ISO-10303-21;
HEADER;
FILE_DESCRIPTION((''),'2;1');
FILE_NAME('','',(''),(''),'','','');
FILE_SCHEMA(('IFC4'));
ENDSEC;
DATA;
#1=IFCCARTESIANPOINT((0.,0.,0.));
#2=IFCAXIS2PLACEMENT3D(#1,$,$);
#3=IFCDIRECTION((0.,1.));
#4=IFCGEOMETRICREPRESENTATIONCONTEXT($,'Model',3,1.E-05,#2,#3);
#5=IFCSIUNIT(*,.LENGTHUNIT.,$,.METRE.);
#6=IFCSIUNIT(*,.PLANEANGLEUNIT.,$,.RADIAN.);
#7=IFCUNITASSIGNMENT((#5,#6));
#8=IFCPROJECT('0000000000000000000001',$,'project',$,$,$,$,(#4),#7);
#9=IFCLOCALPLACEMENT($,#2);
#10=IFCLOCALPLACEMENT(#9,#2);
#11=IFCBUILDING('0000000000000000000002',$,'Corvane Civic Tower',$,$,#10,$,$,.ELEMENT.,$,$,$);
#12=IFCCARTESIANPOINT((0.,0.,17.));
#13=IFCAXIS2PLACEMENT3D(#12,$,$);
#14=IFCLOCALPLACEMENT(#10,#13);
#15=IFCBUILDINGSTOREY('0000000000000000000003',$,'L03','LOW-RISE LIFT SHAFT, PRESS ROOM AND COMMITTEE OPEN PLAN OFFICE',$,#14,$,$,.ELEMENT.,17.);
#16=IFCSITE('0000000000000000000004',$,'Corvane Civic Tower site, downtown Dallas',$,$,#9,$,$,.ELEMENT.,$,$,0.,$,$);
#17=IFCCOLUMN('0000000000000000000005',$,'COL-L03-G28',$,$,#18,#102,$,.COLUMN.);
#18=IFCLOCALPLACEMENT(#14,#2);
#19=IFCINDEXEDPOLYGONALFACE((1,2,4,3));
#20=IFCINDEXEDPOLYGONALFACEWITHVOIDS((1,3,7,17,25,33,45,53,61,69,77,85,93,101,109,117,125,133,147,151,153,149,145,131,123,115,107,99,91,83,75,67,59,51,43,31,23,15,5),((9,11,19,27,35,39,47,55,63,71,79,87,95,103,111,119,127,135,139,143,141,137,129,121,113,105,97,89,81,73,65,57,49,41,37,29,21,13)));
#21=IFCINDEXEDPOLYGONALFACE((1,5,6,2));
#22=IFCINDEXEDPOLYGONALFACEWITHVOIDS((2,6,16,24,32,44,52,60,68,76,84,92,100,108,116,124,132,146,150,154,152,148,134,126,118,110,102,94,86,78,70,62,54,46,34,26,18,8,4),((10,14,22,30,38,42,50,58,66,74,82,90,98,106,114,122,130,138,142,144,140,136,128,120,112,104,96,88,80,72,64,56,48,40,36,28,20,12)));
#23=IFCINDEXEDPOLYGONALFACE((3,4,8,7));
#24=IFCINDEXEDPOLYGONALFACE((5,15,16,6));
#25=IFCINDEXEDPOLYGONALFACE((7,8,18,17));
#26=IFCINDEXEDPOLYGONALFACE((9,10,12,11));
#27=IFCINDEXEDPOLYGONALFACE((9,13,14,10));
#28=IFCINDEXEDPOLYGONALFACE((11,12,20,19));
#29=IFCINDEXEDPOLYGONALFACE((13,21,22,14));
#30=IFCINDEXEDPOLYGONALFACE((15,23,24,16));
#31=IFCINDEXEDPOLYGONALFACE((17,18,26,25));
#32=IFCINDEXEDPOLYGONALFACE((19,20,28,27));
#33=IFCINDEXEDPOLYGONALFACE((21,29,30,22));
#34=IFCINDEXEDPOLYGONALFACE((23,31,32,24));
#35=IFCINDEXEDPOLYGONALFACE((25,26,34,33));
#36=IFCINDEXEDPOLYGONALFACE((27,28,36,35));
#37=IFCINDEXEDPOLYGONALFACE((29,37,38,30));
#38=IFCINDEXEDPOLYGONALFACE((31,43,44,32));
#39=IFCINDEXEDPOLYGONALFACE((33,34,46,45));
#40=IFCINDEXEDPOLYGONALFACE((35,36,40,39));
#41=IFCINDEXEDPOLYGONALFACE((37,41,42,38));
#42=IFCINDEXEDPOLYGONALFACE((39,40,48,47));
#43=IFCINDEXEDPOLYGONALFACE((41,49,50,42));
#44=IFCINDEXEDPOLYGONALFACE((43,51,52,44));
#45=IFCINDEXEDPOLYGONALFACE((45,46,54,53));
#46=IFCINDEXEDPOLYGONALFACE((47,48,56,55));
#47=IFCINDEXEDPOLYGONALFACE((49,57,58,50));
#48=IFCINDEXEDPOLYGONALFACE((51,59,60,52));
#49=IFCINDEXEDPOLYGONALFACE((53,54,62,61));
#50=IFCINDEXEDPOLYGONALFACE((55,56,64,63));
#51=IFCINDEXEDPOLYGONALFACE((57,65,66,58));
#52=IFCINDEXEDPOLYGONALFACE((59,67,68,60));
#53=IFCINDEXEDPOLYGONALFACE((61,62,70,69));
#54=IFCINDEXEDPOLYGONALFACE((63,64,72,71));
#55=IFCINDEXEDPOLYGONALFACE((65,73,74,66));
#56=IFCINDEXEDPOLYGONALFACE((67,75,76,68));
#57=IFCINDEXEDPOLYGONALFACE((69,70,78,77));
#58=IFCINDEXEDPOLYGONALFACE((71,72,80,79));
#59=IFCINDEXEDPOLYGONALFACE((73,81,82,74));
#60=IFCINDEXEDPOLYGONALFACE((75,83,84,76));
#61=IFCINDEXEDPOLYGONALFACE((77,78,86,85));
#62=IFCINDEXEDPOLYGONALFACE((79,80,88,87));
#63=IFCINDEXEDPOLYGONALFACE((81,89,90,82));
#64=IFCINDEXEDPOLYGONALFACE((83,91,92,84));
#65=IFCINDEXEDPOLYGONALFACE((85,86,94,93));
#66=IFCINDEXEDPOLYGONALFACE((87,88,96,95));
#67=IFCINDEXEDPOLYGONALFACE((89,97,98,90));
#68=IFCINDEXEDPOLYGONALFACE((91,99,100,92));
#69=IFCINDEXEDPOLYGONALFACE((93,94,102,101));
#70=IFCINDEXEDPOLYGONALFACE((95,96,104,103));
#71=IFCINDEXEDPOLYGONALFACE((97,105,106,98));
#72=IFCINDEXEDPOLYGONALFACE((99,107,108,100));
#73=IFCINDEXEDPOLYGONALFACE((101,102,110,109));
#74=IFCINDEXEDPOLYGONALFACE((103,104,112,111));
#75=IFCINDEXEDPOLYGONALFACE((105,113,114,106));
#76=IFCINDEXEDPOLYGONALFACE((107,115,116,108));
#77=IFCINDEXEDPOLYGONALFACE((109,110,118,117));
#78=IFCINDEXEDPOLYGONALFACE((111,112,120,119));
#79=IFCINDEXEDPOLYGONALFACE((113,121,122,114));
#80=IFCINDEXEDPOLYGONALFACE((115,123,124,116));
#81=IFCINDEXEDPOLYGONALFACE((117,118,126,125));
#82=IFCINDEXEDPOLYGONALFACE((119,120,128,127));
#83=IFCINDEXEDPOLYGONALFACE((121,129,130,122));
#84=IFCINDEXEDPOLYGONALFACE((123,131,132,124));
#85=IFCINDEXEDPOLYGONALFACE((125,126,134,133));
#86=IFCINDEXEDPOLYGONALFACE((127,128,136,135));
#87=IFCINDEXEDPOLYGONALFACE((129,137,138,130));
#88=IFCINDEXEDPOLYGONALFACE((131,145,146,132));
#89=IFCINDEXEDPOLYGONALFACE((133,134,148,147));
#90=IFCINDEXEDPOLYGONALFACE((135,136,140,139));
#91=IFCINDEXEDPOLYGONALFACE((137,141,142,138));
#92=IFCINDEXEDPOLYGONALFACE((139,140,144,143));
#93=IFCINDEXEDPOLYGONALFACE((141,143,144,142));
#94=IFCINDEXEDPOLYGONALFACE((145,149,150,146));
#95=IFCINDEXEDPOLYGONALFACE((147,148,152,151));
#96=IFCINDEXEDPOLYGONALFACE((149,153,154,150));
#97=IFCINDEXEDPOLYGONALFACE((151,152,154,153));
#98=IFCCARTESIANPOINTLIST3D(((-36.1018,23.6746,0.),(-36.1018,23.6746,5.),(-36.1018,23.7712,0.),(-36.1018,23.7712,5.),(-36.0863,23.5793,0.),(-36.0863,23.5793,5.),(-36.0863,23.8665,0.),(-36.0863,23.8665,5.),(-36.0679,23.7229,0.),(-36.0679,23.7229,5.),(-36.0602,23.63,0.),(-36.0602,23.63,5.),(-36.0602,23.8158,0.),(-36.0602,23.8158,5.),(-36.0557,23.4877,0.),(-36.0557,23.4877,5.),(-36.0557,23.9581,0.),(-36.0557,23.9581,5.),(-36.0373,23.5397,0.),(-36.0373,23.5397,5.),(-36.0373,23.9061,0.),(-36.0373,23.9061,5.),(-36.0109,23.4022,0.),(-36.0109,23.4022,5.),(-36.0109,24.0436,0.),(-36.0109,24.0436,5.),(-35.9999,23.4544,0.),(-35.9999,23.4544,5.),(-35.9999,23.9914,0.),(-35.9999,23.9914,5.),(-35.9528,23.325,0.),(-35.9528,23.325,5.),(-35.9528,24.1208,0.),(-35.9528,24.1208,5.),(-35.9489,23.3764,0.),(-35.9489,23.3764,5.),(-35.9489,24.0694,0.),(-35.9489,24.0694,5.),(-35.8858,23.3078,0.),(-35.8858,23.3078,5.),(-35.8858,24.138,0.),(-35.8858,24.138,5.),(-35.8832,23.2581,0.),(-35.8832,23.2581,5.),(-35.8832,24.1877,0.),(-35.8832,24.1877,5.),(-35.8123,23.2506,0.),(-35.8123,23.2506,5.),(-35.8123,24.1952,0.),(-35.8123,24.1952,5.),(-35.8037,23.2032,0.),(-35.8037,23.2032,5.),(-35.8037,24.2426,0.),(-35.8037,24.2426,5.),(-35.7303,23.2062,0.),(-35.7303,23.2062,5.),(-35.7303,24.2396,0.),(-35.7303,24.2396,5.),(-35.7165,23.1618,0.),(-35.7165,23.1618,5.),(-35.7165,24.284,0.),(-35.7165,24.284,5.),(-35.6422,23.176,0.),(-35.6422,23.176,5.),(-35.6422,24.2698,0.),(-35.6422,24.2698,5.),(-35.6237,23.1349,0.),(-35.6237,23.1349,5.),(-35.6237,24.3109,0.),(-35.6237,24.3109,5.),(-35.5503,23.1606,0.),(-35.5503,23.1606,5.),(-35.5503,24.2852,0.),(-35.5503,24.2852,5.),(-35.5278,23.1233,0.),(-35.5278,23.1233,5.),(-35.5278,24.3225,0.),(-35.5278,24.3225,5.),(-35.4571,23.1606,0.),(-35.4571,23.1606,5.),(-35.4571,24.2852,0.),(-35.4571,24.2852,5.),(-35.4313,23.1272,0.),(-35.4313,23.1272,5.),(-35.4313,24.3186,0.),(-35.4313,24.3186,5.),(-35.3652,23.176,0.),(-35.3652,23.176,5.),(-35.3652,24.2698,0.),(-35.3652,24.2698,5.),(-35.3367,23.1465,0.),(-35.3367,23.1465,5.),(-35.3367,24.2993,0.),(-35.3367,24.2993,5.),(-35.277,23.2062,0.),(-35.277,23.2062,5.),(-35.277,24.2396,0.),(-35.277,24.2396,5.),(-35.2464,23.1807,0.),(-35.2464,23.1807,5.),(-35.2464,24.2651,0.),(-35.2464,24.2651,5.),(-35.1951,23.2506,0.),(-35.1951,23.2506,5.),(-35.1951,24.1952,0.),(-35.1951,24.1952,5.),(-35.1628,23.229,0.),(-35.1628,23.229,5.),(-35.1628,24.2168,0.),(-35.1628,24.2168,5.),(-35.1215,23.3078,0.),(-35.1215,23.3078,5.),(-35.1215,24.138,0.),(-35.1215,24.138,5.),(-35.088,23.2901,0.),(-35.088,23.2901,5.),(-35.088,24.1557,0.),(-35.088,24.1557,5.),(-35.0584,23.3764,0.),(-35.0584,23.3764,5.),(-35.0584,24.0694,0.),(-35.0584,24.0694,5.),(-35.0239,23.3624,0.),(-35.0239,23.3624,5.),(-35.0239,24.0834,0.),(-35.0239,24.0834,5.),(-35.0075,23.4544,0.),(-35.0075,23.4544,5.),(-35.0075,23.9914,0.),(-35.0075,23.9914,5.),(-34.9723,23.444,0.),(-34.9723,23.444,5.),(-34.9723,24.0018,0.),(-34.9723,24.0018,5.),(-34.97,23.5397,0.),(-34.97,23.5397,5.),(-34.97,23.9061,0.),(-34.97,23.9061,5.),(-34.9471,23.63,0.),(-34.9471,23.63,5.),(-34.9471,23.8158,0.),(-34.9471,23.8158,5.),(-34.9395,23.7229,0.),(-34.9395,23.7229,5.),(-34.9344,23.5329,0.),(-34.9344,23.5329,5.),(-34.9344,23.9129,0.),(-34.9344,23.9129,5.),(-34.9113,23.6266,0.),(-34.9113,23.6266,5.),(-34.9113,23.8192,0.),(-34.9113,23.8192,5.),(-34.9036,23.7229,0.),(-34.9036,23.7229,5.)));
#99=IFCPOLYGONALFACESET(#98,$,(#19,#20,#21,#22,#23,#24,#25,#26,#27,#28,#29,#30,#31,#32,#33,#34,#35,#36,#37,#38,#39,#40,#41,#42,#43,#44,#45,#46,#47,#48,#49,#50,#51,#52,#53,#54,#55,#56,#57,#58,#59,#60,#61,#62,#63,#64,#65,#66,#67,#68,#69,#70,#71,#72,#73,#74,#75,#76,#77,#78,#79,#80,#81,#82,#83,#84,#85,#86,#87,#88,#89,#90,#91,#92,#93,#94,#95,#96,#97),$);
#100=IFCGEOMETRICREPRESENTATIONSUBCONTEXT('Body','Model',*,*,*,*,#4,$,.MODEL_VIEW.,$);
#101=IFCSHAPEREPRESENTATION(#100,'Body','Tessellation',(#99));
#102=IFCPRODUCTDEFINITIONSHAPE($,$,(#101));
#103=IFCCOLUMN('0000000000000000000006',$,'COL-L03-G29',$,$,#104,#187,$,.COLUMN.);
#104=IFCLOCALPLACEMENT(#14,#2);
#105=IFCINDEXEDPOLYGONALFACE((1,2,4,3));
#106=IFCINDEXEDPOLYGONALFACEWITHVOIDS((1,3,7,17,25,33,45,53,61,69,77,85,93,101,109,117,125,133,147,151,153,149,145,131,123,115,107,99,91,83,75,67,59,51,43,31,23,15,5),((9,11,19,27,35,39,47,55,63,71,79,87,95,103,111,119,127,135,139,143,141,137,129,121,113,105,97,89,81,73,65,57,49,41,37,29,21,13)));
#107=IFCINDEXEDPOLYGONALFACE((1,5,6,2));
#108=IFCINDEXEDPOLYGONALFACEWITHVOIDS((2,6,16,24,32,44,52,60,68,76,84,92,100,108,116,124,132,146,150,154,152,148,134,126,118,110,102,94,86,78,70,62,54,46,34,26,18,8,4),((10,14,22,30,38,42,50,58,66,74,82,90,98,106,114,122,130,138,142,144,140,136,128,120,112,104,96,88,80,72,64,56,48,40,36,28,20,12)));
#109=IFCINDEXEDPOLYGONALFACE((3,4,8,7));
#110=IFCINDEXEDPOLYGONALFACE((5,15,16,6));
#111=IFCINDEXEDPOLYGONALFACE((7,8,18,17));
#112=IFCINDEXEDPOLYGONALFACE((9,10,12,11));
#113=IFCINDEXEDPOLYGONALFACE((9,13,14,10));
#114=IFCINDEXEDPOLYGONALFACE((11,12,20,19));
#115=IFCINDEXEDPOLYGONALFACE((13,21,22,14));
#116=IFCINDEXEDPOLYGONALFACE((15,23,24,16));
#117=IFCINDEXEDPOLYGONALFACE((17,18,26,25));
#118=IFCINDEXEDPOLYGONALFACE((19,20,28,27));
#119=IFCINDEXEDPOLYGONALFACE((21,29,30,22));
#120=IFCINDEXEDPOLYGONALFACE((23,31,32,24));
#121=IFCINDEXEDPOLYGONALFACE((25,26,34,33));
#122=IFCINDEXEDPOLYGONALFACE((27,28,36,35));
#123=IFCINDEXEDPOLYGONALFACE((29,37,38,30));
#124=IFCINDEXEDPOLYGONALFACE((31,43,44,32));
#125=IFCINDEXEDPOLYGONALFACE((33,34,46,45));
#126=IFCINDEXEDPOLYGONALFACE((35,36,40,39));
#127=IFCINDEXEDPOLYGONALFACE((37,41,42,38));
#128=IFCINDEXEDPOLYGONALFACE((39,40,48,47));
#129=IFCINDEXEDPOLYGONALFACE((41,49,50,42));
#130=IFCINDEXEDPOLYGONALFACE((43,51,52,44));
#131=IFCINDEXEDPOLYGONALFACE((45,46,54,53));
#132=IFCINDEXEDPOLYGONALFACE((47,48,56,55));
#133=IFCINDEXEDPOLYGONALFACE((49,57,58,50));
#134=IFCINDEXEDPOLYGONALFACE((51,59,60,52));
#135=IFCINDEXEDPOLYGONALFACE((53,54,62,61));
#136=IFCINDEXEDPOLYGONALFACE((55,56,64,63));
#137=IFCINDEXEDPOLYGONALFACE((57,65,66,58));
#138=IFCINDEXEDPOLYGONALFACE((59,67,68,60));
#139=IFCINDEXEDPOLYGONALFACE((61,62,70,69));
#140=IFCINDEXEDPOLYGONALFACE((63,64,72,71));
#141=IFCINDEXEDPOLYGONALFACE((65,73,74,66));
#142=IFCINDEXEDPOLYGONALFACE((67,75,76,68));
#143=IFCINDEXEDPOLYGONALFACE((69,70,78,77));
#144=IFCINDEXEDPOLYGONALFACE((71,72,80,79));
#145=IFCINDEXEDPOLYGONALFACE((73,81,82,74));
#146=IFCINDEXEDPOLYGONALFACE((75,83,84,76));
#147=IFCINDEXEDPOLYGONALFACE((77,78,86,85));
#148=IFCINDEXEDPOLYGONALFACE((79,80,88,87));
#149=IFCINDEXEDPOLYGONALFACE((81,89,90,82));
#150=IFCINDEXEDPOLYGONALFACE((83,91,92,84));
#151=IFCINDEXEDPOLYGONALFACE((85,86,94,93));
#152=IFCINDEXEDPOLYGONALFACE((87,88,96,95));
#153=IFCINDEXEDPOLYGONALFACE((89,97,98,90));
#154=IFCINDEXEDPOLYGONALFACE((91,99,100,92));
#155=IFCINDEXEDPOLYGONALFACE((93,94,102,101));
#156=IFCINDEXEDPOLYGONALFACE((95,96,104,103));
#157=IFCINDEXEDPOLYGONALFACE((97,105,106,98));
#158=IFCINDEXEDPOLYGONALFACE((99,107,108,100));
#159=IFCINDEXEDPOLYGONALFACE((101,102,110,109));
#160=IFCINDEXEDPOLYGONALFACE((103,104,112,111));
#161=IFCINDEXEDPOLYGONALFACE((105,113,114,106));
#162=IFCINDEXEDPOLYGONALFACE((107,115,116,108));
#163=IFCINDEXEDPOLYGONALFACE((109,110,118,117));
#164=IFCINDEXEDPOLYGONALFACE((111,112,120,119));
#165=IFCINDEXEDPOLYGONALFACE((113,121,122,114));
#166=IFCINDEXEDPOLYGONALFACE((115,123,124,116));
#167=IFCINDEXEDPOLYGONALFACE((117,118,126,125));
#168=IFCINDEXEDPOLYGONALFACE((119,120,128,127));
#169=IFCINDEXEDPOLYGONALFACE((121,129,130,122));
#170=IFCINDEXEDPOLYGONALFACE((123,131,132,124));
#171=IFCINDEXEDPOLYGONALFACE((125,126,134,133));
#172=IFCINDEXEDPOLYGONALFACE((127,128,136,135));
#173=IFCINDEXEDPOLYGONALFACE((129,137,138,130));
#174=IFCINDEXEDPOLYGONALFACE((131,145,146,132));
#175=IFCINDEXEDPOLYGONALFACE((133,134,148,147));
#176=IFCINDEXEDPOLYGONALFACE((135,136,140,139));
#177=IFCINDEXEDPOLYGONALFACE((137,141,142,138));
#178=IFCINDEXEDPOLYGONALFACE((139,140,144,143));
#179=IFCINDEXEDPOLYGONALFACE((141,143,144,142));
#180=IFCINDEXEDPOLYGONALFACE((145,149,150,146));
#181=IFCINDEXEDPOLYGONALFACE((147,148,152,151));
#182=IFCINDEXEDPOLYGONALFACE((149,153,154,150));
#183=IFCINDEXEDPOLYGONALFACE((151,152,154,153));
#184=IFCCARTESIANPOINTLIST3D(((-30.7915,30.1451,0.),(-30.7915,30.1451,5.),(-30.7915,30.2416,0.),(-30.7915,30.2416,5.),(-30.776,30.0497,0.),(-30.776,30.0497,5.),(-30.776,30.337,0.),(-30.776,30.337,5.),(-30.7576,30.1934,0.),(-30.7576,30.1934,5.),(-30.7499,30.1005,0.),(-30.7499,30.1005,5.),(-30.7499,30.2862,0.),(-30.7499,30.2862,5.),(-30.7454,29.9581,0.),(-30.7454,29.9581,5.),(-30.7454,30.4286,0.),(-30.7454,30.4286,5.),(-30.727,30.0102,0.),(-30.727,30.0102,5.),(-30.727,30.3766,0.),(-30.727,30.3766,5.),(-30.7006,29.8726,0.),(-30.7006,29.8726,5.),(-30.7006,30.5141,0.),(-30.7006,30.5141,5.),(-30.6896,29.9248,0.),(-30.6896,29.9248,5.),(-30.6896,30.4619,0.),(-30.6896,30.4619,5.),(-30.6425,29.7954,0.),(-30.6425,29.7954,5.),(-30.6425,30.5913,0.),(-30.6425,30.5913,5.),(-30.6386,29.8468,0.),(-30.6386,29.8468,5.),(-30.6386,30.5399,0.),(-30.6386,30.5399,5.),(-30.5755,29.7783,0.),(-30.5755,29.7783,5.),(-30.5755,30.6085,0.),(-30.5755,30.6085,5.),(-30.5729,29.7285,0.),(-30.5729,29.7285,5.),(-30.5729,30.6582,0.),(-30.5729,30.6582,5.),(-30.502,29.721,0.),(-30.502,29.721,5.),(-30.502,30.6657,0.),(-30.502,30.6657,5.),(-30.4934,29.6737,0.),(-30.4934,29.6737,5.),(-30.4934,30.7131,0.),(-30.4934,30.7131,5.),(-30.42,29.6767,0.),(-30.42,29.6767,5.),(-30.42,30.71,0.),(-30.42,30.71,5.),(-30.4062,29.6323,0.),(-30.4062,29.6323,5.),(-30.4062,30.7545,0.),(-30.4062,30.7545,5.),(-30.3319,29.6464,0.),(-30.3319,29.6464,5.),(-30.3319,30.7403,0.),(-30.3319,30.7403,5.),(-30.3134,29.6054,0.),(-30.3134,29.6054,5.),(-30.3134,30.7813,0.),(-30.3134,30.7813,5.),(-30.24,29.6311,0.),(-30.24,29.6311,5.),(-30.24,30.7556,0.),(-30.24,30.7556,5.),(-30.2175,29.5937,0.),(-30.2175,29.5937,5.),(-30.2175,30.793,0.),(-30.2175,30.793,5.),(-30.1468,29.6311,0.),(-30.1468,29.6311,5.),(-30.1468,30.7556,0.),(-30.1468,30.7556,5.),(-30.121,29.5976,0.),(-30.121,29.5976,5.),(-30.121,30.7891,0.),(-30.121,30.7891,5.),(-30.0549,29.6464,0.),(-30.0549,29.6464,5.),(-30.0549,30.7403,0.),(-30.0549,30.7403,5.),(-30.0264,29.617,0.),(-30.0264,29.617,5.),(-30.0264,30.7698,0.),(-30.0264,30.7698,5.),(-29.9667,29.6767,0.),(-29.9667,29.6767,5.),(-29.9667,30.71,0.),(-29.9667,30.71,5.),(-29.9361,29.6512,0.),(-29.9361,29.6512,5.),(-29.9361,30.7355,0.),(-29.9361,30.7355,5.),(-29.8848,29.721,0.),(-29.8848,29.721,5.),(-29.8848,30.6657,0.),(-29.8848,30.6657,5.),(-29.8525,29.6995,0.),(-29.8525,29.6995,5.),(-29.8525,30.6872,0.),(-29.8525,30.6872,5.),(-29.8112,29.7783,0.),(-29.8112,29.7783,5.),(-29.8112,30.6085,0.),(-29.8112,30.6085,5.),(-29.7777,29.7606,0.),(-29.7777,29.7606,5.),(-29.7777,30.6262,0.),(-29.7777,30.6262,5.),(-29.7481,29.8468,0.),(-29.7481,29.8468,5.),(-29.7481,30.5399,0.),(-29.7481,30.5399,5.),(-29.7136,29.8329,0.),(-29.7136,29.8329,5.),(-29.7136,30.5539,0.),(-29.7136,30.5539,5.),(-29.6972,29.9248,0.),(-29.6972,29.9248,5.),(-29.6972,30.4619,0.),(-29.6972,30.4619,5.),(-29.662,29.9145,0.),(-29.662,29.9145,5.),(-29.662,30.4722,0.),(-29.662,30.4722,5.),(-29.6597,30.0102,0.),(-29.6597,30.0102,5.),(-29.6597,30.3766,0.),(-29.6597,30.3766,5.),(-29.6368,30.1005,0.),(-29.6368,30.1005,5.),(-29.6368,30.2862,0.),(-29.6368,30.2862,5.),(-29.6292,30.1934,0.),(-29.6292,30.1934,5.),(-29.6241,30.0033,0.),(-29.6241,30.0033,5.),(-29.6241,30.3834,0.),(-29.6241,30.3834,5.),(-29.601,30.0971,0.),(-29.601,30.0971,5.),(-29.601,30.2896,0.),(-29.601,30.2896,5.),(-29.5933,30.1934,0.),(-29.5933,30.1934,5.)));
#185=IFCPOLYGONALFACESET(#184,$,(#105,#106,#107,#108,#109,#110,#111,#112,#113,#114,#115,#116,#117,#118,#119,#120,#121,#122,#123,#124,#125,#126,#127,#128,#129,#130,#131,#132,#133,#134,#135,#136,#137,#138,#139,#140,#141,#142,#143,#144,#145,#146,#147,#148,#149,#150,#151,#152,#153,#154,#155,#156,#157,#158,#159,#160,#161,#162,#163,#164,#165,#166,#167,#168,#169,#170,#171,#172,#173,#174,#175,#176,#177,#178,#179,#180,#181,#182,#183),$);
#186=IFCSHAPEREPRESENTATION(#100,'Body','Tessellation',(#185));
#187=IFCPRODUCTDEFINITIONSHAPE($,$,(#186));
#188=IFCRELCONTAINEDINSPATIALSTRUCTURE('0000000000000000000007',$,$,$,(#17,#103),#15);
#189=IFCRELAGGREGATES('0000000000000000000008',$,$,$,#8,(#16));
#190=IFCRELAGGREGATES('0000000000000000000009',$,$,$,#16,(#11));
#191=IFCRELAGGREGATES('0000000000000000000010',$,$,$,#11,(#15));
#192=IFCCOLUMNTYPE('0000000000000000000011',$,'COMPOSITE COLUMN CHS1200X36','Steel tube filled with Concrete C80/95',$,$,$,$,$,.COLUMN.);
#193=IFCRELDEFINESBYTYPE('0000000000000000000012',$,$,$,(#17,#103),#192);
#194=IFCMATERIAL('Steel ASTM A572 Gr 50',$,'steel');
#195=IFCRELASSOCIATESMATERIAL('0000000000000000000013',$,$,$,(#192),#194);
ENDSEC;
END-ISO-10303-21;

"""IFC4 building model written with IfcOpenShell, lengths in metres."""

from ifc_helpers import new_model, si_unit, direction, frame, origin, origin_2d, place, context, subcontext, project, spatial, hollow_circle, extrude, material, material_profile, profile_set, type_object, element, save


model = new_model("IFC4")

# Units and contexts
model_context = context("Model", 3, precision=1e-05, world=origin(), true_north=direction((0.0, 1.0)))
body_context = subcontext(model_context, "Body", "Model", "MODEL_VIEW")
ifc_project = project(units=[si_unit("LENGTHUNIT", "METRE"), si_unit("PLANEANGLEUNIT", "RADIAN")], contexts=[model_context])

# Site, building, storey
site_placement = place(None, origin())
site = spatial("IfcSite", under=ifc_project, at=site_placement, Name="Corvane Civic Tower site, downtown Dallas", CompositionType="ELEMENT", RefElevation=0.0)
building_placement = place(site_placement, origin())
building = spatial("IfcBuilding", under=site, at=building_placement, Name="Corvane Civic Tower", CompositionType="ELEMENT")
storey_placement = place(building_placement, frame((0.0, 0.0, 17.0)))
storey = spatial("IfcBuildingStorey", under=building, at=storey_placement, Name="L03", Description="LOW-RISE LIFT SHAFT, PRESS ROOM AND COMMITTEE OPEN PLAN OFFICE", CompositionType="ELEMENT", Elevation=17.0)

# Columns
ifc_material_1 = material(Name="Steel ASTM A572 Gr 50", Category="steel")
ifc_material_profile_1 = material_profile(ifc_material_1, hollow_circle(Radius=0.6001, WallThickness=0.0359, at=origin_2d()), Name="CHS1200X36")
ifc_profile_set_1 = profile_set([ifc_material_profile_1], Name="Steel ASTM A572 Gr 50")
column_type_1 = type_object("IfcColumnType", Name="COMPOSITE COLUMN CHS1200X36", Description="Steel tube filled with Concrete C80/95", PredefinedType="COLUMN", material=ifc_profile_set_1)
for number, where, z_axis, x_axis, name in (
    (1, (-35.5037, 23.7229, 0.0), (0.0, 0.0, 1.0), (1.0, 0.0, 0.0), "COL-L03-G28"),
    (2, (-30.1934, 30.1934, 0.0), (0.0, 0.0, 1.0), (1.0, 0.0, 0.0), "COL-L03-G29"),
):
    element("IfcColumn", number, at=place(storey_placement, frame(where, z_axis=z_axis, x_axis=x_axis)), inside=storey, type_object=column_type_1, Name=name, PredefinedType="COLUMN", context=body_context, shape_type="SweptSolid", body=[
        extrude(hollow_circle(Radius=0.6001, WallThickness=0.0359, at=origin_2d()), origin(), (0.0, 0.0, 1.0), 5.0),
    ])

save(model, "model.ifc")
